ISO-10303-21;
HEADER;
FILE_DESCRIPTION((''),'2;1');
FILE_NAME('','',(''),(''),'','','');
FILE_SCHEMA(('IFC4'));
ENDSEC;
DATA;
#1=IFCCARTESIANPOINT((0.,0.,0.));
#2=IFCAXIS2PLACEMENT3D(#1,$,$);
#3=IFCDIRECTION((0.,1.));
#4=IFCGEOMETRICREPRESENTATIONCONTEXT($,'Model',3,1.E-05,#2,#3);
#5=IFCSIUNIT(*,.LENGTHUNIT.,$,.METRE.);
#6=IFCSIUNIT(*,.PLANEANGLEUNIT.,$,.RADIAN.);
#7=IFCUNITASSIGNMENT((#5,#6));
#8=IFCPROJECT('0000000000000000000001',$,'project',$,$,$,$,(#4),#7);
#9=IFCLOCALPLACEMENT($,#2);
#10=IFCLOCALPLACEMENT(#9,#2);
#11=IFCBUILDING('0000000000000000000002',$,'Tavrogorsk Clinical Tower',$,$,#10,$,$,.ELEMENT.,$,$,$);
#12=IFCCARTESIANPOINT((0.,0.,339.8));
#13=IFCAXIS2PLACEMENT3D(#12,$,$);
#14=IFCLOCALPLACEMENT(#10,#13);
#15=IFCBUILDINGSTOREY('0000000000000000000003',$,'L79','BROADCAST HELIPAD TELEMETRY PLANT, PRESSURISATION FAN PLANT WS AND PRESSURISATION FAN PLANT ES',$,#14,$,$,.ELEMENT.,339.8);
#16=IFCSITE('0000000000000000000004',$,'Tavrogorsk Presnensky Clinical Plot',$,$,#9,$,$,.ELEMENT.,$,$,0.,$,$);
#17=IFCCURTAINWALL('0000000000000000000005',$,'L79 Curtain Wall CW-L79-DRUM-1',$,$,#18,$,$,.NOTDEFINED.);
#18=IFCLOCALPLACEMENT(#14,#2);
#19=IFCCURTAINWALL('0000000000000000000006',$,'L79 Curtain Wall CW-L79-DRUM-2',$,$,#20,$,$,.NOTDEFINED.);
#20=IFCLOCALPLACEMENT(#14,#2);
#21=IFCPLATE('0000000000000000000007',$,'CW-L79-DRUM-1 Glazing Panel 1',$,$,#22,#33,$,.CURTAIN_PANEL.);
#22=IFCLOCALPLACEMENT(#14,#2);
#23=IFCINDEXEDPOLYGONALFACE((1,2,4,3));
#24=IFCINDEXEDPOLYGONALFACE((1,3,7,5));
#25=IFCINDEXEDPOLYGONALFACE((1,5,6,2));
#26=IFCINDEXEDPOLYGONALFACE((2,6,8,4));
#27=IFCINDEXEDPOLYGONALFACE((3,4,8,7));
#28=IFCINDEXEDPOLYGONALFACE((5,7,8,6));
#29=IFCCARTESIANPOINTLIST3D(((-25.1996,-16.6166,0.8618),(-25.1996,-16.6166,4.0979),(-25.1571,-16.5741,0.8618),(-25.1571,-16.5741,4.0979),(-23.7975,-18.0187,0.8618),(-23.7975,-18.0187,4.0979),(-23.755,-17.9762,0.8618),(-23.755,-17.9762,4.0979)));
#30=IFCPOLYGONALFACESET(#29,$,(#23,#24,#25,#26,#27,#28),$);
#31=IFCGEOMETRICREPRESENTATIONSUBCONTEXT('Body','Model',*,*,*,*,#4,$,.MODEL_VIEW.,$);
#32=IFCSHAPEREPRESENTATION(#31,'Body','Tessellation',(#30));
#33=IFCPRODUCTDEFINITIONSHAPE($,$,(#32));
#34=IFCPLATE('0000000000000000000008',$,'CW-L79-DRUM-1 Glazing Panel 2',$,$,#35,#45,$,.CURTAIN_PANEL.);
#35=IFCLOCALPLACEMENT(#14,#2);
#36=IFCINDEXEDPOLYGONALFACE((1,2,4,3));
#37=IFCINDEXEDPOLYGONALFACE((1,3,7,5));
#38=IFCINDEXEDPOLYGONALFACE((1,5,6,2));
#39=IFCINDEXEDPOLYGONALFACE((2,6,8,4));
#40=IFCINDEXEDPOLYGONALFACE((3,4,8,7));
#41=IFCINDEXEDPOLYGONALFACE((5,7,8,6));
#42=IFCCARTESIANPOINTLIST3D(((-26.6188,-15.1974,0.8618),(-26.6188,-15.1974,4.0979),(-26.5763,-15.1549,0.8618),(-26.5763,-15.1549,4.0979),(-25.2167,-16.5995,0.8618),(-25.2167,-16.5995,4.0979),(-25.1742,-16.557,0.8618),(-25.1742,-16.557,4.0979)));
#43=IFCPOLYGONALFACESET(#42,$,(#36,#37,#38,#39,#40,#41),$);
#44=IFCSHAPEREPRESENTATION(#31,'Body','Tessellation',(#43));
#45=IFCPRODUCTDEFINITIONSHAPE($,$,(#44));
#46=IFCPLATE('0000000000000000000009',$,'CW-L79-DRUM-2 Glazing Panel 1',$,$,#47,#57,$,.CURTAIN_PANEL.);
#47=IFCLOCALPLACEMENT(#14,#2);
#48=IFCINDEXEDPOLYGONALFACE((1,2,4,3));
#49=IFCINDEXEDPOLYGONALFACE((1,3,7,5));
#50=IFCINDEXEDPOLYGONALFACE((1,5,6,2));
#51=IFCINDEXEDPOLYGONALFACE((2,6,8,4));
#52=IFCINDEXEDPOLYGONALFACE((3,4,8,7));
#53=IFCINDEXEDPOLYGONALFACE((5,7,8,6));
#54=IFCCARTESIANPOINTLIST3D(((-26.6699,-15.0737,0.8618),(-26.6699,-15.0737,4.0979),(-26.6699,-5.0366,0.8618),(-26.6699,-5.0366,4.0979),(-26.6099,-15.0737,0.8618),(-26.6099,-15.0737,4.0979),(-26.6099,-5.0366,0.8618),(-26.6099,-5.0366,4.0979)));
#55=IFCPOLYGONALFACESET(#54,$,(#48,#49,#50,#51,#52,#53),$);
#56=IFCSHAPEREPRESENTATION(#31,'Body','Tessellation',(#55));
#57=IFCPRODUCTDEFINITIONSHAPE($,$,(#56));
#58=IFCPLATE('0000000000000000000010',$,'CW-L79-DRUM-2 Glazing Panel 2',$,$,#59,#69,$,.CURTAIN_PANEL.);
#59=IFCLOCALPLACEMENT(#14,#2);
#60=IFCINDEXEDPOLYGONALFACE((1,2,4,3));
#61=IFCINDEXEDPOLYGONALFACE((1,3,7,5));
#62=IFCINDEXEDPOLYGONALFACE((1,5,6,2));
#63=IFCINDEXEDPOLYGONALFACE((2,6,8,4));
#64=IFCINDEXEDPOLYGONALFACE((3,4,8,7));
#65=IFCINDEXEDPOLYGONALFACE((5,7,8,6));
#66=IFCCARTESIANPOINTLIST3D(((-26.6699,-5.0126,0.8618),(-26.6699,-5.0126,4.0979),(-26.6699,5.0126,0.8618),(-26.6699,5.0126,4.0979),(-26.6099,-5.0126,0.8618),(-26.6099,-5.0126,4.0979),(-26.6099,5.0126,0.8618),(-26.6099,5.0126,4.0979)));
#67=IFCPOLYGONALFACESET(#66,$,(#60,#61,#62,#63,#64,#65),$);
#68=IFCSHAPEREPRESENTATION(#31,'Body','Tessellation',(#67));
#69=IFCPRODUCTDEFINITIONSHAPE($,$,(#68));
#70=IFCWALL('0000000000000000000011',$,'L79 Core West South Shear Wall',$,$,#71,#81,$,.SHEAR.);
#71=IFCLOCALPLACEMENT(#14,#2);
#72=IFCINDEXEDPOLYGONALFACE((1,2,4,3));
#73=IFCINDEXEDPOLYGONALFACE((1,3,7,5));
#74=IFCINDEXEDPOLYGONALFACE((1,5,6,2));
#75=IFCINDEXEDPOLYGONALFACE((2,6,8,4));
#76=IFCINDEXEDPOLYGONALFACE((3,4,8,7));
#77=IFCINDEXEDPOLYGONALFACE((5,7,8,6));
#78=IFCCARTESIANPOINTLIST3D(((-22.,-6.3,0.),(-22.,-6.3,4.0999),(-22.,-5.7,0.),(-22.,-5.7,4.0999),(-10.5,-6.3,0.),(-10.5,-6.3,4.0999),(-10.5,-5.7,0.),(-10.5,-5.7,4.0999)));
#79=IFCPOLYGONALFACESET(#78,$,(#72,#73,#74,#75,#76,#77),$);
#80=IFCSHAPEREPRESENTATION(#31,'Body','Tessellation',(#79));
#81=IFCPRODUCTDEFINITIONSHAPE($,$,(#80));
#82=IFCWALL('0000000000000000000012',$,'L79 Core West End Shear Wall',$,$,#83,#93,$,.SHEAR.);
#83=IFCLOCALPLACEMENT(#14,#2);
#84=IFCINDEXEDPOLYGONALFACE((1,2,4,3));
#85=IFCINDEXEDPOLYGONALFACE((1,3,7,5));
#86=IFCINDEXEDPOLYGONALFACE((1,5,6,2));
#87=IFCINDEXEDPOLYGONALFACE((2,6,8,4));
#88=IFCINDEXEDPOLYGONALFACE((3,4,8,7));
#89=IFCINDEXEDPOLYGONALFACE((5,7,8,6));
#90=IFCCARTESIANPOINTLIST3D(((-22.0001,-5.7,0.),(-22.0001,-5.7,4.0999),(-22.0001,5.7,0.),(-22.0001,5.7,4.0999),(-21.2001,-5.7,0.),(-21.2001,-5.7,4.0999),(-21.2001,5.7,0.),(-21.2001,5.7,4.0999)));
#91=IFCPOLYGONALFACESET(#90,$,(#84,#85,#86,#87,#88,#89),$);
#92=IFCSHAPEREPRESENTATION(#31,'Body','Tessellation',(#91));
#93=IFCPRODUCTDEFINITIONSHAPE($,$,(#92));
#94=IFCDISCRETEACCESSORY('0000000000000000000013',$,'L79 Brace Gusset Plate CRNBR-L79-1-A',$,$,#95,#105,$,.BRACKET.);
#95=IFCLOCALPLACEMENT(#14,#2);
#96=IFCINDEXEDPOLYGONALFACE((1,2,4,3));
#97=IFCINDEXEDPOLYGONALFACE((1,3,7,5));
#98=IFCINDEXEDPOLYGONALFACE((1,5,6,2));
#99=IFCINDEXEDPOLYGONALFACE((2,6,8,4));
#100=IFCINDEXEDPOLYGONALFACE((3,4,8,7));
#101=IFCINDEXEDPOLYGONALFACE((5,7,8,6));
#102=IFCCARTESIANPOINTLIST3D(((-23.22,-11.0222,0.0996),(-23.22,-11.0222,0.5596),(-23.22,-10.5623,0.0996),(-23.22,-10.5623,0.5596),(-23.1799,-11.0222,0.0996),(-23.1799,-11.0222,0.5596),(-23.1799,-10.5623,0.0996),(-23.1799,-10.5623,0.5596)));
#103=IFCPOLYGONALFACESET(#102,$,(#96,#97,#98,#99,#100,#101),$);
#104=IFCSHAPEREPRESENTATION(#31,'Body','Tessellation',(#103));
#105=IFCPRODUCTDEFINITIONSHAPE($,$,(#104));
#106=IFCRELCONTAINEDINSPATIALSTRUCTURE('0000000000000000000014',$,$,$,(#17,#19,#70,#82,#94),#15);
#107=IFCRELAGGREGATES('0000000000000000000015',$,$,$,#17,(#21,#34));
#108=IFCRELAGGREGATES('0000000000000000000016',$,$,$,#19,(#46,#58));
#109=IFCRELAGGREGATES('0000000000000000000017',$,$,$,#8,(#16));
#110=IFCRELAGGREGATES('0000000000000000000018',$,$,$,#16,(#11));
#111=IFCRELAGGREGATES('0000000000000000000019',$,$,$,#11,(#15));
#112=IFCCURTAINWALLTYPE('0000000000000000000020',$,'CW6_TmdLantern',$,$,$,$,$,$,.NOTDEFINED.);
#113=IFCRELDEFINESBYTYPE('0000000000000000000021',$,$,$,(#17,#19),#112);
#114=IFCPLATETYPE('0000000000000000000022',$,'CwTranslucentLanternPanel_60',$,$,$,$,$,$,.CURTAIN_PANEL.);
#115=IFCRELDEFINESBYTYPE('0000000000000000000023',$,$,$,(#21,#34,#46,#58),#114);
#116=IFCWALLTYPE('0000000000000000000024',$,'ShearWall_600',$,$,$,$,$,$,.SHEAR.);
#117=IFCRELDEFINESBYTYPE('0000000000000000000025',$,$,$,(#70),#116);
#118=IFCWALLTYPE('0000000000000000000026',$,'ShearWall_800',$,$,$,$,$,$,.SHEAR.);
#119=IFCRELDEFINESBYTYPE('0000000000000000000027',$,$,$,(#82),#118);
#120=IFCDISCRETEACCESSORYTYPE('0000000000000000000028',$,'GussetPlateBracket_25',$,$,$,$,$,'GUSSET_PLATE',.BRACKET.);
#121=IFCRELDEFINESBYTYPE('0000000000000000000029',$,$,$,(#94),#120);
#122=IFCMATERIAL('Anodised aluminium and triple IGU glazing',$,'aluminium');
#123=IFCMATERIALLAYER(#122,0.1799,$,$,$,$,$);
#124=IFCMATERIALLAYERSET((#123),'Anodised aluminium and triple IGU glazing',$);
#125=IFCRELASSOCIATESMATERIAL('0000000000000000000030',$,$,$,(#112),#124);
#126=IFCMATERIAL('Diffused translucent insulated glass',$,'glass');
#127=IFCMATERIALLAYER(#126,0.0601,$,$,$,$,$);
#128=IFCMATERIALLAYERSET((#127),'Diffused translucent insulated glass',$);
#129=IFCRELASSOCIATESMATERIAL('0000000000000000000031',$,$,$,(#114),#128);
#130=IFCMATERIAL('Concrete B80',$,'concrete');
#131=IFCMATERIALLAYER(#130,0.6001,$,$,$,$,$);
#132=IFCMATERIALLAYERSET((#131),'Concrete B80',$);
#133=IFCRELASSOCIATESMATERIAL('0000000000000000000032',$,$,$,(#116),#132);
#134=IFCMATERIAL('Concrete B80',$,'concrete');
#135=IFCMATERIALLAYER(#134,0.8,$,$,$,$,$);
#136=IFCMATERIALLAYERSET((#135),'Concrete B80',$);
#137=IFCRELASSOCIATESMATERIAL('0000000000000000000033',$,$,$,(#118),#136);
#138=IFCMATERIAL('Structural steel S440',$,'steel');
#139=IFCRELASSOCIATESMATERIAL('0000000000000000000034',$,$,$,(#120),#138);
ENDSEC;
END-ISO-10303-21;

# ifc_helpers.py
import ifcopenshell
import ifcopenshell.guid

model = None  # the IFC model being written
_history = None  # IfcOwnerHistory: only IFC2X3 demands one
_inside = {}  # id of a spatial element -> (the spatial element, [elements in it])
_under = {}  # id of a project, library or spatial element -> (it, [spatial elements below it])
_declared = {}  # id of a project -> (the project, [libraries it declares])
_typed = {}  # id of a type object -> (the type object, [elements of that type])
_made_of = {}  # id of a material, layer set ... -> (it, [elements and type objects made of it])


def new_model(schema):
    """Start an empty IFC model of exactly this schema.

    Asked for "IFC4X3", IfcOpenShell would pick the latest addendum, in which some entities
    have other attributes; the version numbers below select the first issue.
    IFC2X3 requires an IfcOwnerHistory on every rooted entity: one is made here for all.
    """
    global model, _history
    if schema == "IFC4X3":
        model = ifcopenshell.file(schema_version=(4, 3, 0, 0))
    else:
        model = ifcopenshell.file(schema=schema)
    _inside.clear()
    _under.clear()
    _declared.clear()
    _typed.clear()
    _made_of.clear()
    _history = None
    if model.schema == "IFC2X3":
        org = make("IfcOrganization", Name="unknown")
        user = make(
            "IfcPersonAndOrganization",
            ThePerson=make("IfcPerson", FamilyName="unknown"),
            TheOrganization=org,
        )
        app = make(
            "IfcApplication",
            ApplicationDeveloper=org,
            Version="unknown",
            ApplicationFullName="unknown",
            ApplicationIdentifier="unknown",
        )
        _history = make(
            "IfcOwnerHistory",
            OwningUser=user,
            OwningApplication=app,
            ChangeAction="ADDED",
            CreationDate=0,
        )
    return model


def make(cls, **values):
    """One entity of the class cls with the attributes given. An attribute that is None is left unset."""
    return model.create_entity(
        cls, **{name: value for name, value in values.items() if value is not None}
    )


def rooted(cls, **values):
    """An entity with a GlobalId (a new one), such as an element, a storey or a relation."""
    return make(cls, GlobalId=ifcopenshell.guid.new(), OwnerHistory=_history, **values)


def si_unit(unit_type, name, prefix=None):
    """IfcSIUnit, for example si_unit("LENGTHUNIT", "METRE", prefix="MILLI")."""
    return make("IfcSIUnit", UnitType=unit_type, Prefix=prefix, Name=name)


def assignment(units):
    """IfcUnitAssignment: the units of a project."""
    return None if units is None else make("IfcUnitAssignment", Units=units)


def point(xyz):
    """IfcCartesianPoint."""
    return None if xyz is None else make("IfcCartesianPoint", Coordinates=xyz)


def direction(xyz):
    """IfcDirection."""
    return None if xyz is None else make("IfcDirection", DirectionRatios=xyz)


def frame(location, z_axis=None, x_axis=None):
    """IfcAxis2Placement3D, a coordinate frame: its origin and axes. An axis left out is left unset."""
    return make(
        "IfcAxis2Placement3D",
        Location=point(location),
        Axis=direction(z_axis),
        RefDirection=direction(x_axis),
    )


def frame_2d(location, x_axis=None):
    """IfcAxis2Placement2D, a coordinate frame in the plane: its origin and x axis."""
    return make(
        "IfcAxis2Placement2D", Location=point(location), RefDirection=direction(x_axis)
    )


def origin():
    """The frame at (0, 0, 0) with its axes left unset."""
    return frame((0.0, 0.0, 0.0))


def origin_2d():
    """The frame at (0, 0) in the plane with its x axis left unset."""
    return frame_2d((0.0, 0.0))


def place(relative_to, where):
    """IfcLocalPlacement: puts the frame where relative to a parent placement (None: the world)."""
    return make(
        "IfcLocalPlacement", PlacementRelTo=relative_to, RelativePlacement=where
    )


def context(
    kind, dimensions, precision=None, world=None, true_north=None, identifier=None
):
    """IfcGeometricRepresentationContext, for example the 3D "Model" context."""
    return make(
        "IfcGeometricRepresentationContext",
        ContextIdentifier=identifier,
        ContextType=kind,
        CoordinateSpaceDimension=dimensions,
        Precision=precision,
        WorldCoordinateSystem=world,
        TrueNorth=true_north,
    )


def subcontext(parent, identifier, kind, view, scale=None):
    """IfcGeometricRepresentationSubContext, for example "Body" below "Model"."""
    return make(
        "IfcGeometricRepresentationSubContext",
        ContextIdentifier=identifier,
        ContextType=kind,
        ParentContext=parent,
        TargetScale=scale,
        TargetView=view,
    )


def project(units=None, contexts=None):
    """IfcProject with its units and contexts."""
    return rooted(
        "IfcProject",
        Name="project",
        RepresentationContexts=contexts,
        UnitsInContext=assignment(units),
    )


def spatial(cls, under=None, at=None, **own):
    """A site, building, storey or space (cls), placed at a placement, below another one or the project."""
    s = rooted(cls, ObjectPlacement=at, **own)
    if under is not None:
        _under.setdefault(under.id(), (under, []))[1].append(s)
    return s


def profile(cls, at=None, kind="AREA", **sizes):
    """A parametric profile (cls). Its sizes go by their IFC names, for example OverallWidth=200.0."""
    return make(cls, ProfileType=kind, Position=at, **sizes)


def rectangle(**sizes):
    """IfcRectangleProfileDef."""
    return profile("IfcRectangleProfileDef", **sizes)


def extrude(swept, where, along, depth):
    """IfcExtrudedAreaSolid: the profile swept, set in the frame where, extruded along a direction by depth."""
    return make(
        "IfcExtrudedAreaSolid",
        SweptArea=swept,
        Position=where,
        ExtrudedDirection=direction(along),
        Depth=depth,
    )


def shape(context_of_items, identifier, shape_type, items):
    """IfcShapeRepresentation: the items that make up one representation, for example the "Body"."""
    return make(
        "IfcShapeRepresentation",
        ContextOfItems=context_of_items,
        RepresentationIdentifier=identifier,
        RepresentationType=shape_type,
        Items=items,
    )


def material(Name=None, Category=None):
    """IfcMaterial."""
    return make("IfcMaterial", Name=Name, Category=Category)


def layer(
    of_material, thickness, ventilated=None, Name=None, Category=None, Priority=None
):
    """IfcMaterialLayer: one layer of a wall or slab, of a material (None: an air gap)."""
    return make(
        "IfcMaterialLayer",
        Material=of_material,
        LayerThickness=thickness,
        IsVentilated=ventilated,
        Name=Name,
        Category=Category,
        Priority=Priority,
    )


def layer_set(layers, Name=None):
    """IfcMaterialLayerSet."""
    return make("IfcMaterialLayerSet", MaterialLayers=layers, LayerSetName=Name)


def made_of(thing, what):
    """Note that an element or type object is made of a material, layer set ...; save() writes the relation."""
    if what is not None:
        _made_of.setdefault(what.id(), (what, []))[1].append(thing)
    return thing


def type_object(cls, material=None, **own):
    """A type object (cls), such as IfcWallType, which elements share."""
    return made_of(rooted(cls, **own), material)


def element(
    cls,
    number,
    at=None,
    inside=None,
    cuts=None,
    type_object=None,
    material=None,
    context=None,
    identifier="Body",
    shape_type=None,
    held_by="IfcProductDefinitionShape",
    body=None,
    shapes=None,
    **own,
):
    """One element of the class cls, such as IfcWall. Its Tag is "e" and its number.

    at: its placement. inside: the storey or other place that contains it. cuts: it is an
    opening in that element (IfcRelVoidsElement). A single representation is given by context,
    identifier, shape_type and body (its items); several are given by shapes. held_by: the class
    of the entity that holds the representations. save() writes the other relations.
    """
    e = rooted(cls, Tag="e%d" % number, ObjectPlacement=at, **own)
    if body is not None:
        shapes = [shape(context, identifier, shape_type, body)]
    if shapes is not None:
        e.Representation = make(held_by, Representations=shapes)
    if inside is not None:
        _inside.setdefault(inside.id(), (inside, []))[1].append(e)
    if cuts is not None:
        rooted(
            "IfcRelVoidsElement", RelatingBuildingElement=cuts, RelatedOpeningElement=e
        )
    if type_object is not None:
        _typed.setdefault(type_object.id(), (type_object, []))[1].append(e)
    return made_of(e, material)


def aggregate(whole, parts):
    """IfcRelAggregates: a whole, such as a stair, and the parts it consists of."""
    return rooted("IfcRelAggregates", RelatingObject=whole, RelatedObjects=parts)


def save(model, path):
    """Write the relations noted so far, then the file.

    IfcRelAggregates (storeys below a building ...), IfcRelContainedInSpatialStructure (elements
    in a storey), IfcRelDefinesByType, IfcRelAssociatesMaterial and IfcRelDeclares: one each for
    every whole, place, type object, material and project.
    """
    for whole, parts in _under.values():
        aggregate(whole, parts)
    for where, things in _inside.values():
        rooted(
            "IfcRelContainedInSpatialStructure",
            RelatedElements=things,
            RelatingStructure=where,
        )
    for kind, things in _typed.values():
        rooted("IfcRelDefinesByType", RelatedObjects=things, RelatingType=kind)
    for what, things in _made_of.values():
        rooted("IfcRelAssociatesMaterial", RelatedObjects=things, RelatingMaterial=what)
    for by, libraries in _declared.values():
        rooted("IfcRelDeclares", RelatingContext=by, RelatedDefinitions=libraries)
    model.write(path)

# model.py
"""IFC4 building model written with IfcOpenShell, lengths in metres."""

from ifc_helpers import new_model, si_unit, direction, frame, frame_2d, origin, origin_2d, place, context, subcontext, project, spatial, rectangle, extrude, material, layer, layer_set, type_object, element, aggregate, save


model = new_model("IFC4")

# Units and contexts
model_context = context("Model", 3, precision=1e-05, world=origin(), true_north=direction((0.0, 1.0)))
body_context = subcontext(model_context, "Body", "Model", "MODEL_VIEW")
ifc_project = project(units=[si_unit("LENGTHUNIT", "METRE"), si_unit("PLANEANGLEUNIT", "RADIAN")], contexts=[model_context])

# Site, building, storey
site_placement = place(None, origin())
site = spatial("IfcSite", under=ifc_project, at=site_placement, Name="Tavrogorsk Presnensky Clinical Plot", CompositionType="ELEMENT", RefElevation=0.0)
building_placement = place(site_placement, origin())
building = spatial("IfcBuilding", under=site, at=building_placement, Name="Tavrogorsk Clinical Tower", CompositionType="ELEMENT")
storey_placement = place(building_placement, frame((0.0, 0.0, 339.8)))
storey = spatial("IfcBuildingStorey", under=building, at=storey_placement, Name="L79", Description="BROADCAST HELIPAD TELEMETRY PLANT, PRESSURISATION FAN PLANT WS AND PRESSURISATION FAN PLANT ES", CompositionType="ELEMENT", Elevation=339.8)

# Curtain walls
ifc_material_1 = material(Name="Anodised aluminium and triple IGU glazing", Category="aluminium")
ifc_layer_1 = layer(ifc_material_1, 0.1799)
ifc_layer_set_1 = layer_set([ifc_layer_1], Name="Anodised aluminium and triple IGU glazing")
curtain_wall_type = type_object("IfcCurtainWallType", Name="CW6_TmdLantern", PredefinedType="NOTDEFINED", material=ifc_layer_set_1)
curtain_wall_1_placement = place(storey_placement, origin())
curtain_wall_1 = element("IfcCurtainWall", 1, at=curtain_wall_1_placement, inside=storey, type_object=curtain_wall_type, Name="L79 Curtain Wall CW-L79-DRUM-1", PredefinedType="NOTDEFINED")
curtain_wall_2_placement = place(storey_placement, origin())
curtain_wall_2 = element("IfcCurtainWall", 2, at=curtain_wall_2_placement, inside=storey, type_object=curtain_wall_type, Name="L79 Curtain Wall CW-L79-DRUM-2", PredefinedType="NOTDEFINED")

# Plates
ifc_material_2 = material(Name="Diffused translucent insulated glass", Category="glass")
ifc_layer_2 = layer(ifc_material_2, 0.0601)
ifc_layer_set_2 = layer_set([ifc_layer_2], Name="Diffused translucent insulated glass")
plate_type_1 = type_object("IfcPlateType", Name="CwTranslucentLanternPanel_60", PredefinedType="CURTAIN_PANEL", material=ifc_layer_set_2)
plate_1_placement = place(storey_placement, frame((-24.4773, -17.2964, 0.8618), z_axis=(0.0, 0.0, 1.0), x_axis=(-0.707107, 0.707107, 0.0)))
plate_1 = element("IfcPlate", 3, at=plate_1_placement, type_object=plate_type_1, Name="CW-L79-DRUM-1 Glazing Panel 1", PredefinedType="CURTAIN_PANEL", context=body_context, shape_type="SweptSolid", body=[
    extrude(rectangle(XDim=1.9829, YDim=0.0601, at=origin_2d()), origin(), (0.0, 0.0, 1.0), 3.2361),
])
plate_2_placement = place(storey_placement, frame((-25.8965, -15.8772, 0.8618), z_axis=(0.0, 0.0, 1.0), x_axis=(-0.707107, 0.707107, 0.0)))
plate_2 = element("IfcPlate", 4, at=plate_2_placement, type_object=plate_type_1, Name="CW-L79-DRUM-1 Glazing Panel 2", PredefinedType="CURTAIN_PANEL", context=body_context, shape_type="SweptSolid", body=[
    extrude(rectangle(XDim=1.9829, YDim=0.0601, at=origin_2d()), origin(), (0.0, 0.0, 1.0), 3.2361),
])
aggregate(curtain_wall_1, [plate_1, plate_2])
plate_3_placement = place(storey_placement, frame((-26.6399, -10.0552, 0.8618), z_axis=(0.0, 0.0, 1.0), x_axis=(0.0, 1.0, 0.0)))
plate_3 = element("IfcPlate", 5, at=plate_3_placement, type_object=plate_type_1, Name="CW-L79-DRUM-2 Glazing Panel 1", PredefinedType="CURTAIN_PANEL", context=body_context, shape_type="SweptSolid", body=[
    extrude(rectangle(XDim=10.0371, YDim=0.0601, at=origin_2d()), origin(), (0.0, 0.0, 1.0), 3.2361),
])
plate_4_placement = place(storey_placement, frame((-26.6399, 0.0, 0.8618), z_axis=(0.0, 0.0, 1.0), x_axis=(0.0, 1.0, 0.0)))
plate_4 = element("IfcPlate", 6, at=plate_4_placement, type_object=plate_type_1, Name="CW-L79-DRUM-2 Glazing Panel 2", PredefinedType="CURTAIN_PANEL", context=body_context, shape_type="SweptSolid", body=[
    extrude(rectangle(XDim=10.0251, YDim=0.0601, at=origin_2d()), origin(), (0.0, 0.0, 1.0), 3.2361),
])
aggregate(curtain_wall_2, [plate_3, plate_4])

# Walls
ifc_material_3 = material(Name="Concrete B80", Category="concrete")
ifc_layer_3 = layer(ifc_material_3, 0.6001)
ifc_layer_set_3 = layer_set([ifc_layer_3], Name="Concrete B80")
wall_type_1 = type_object("IfcWallType", Name="ShearWall_600", PredefinedType="SHEAR", material=ifc_layer_set_3)
wall_1_placement = place(storey_placement, frame((-22.0, -6.0, 0.0), z_axis=(0.0, 0.0, 1.0), x_axis=(1.0, 0.0, 0.0)))
element("IfcWall", 7, at=wall_1_placement, inside=storey, type_object=wall_type_1, Name="L79 Core West South Shear Wall", PredefinedType="SHEAR", context=body_context, shape_type="SweptSolid", body=[
    extrude(rectangle(XDim=11.5, YDim=0.6001, at=frame_2d((5.75, 0.0))), origin(), (0.0, 0.0, 1.0), 4.0999),
])
ifc_material_4 = material(Name="Concrete B80", Category="concrete")
ifc_layer_4 = layer(ifc_material_4, 0.8)
ifc_layer_set_4 = layer_set([ifc_layer_4], Name="Concrete B80")
wall_type_2 = type_object("IfcWallType", Name="ShearWall_800", PredefinedType="SHEAR", material=ifc_layer_set_4)
wall_2_placement = place(storey_placement, frame((-21.6001, -5.7, 0.0), z_axis=(0.0, 0.0, 1.0), x_axis=(0.0, 1.0, 0.0)))
element("IfcWall", 8, at=wall_2_placement, inside=storey, type_object=wall_type_2, Name="L79 Core West End Shear Wall", PredefinedType="SHEAR", context=body_context, shape_type="SweptSolid", body=[
    extrude(rectangle(XDim=11.3999, YDim=0.8, at=frame_2d((5.7, 0.0))), origin(), (0.0, 0.0, 1.0), 4.0999),
])

# Discrete accessory
ifc_material_5 = material(Name="Structural steel S440", Category="steel")
discrete_accessory_type = type_object("IfcDiscreteAccessoryType", Name="GussetPlateBracket_25", ElementType="GUSSET_PLATE", PredefinedType="BRACKET", material=ifc_material_5)
discrete_accessory_placement = place(storey_placement, frame((-23.2, -10.7922, 0.0996), z_axis=(0.0, 0.0, 1.0), x_axis=(0.0, 1.0, 0.0)))
element("IfcDiscreteAccessory", 9, at=discrete_accessory_placement, inside=storey, type_object=discrete_accessory_type, Name="L79 Brace Gusset Plate CRNBR-L79-1-A", PredefinedType="BRACKET", context=body_context, shape_type="SweptSolid", body=[
    extrude(rectangle(XDim=0.46, YDim=0.04, at=origin_2d()), origin(), (0.0, 0.0, 1.0), 0.46),
])

save(model, "model.ifc")
